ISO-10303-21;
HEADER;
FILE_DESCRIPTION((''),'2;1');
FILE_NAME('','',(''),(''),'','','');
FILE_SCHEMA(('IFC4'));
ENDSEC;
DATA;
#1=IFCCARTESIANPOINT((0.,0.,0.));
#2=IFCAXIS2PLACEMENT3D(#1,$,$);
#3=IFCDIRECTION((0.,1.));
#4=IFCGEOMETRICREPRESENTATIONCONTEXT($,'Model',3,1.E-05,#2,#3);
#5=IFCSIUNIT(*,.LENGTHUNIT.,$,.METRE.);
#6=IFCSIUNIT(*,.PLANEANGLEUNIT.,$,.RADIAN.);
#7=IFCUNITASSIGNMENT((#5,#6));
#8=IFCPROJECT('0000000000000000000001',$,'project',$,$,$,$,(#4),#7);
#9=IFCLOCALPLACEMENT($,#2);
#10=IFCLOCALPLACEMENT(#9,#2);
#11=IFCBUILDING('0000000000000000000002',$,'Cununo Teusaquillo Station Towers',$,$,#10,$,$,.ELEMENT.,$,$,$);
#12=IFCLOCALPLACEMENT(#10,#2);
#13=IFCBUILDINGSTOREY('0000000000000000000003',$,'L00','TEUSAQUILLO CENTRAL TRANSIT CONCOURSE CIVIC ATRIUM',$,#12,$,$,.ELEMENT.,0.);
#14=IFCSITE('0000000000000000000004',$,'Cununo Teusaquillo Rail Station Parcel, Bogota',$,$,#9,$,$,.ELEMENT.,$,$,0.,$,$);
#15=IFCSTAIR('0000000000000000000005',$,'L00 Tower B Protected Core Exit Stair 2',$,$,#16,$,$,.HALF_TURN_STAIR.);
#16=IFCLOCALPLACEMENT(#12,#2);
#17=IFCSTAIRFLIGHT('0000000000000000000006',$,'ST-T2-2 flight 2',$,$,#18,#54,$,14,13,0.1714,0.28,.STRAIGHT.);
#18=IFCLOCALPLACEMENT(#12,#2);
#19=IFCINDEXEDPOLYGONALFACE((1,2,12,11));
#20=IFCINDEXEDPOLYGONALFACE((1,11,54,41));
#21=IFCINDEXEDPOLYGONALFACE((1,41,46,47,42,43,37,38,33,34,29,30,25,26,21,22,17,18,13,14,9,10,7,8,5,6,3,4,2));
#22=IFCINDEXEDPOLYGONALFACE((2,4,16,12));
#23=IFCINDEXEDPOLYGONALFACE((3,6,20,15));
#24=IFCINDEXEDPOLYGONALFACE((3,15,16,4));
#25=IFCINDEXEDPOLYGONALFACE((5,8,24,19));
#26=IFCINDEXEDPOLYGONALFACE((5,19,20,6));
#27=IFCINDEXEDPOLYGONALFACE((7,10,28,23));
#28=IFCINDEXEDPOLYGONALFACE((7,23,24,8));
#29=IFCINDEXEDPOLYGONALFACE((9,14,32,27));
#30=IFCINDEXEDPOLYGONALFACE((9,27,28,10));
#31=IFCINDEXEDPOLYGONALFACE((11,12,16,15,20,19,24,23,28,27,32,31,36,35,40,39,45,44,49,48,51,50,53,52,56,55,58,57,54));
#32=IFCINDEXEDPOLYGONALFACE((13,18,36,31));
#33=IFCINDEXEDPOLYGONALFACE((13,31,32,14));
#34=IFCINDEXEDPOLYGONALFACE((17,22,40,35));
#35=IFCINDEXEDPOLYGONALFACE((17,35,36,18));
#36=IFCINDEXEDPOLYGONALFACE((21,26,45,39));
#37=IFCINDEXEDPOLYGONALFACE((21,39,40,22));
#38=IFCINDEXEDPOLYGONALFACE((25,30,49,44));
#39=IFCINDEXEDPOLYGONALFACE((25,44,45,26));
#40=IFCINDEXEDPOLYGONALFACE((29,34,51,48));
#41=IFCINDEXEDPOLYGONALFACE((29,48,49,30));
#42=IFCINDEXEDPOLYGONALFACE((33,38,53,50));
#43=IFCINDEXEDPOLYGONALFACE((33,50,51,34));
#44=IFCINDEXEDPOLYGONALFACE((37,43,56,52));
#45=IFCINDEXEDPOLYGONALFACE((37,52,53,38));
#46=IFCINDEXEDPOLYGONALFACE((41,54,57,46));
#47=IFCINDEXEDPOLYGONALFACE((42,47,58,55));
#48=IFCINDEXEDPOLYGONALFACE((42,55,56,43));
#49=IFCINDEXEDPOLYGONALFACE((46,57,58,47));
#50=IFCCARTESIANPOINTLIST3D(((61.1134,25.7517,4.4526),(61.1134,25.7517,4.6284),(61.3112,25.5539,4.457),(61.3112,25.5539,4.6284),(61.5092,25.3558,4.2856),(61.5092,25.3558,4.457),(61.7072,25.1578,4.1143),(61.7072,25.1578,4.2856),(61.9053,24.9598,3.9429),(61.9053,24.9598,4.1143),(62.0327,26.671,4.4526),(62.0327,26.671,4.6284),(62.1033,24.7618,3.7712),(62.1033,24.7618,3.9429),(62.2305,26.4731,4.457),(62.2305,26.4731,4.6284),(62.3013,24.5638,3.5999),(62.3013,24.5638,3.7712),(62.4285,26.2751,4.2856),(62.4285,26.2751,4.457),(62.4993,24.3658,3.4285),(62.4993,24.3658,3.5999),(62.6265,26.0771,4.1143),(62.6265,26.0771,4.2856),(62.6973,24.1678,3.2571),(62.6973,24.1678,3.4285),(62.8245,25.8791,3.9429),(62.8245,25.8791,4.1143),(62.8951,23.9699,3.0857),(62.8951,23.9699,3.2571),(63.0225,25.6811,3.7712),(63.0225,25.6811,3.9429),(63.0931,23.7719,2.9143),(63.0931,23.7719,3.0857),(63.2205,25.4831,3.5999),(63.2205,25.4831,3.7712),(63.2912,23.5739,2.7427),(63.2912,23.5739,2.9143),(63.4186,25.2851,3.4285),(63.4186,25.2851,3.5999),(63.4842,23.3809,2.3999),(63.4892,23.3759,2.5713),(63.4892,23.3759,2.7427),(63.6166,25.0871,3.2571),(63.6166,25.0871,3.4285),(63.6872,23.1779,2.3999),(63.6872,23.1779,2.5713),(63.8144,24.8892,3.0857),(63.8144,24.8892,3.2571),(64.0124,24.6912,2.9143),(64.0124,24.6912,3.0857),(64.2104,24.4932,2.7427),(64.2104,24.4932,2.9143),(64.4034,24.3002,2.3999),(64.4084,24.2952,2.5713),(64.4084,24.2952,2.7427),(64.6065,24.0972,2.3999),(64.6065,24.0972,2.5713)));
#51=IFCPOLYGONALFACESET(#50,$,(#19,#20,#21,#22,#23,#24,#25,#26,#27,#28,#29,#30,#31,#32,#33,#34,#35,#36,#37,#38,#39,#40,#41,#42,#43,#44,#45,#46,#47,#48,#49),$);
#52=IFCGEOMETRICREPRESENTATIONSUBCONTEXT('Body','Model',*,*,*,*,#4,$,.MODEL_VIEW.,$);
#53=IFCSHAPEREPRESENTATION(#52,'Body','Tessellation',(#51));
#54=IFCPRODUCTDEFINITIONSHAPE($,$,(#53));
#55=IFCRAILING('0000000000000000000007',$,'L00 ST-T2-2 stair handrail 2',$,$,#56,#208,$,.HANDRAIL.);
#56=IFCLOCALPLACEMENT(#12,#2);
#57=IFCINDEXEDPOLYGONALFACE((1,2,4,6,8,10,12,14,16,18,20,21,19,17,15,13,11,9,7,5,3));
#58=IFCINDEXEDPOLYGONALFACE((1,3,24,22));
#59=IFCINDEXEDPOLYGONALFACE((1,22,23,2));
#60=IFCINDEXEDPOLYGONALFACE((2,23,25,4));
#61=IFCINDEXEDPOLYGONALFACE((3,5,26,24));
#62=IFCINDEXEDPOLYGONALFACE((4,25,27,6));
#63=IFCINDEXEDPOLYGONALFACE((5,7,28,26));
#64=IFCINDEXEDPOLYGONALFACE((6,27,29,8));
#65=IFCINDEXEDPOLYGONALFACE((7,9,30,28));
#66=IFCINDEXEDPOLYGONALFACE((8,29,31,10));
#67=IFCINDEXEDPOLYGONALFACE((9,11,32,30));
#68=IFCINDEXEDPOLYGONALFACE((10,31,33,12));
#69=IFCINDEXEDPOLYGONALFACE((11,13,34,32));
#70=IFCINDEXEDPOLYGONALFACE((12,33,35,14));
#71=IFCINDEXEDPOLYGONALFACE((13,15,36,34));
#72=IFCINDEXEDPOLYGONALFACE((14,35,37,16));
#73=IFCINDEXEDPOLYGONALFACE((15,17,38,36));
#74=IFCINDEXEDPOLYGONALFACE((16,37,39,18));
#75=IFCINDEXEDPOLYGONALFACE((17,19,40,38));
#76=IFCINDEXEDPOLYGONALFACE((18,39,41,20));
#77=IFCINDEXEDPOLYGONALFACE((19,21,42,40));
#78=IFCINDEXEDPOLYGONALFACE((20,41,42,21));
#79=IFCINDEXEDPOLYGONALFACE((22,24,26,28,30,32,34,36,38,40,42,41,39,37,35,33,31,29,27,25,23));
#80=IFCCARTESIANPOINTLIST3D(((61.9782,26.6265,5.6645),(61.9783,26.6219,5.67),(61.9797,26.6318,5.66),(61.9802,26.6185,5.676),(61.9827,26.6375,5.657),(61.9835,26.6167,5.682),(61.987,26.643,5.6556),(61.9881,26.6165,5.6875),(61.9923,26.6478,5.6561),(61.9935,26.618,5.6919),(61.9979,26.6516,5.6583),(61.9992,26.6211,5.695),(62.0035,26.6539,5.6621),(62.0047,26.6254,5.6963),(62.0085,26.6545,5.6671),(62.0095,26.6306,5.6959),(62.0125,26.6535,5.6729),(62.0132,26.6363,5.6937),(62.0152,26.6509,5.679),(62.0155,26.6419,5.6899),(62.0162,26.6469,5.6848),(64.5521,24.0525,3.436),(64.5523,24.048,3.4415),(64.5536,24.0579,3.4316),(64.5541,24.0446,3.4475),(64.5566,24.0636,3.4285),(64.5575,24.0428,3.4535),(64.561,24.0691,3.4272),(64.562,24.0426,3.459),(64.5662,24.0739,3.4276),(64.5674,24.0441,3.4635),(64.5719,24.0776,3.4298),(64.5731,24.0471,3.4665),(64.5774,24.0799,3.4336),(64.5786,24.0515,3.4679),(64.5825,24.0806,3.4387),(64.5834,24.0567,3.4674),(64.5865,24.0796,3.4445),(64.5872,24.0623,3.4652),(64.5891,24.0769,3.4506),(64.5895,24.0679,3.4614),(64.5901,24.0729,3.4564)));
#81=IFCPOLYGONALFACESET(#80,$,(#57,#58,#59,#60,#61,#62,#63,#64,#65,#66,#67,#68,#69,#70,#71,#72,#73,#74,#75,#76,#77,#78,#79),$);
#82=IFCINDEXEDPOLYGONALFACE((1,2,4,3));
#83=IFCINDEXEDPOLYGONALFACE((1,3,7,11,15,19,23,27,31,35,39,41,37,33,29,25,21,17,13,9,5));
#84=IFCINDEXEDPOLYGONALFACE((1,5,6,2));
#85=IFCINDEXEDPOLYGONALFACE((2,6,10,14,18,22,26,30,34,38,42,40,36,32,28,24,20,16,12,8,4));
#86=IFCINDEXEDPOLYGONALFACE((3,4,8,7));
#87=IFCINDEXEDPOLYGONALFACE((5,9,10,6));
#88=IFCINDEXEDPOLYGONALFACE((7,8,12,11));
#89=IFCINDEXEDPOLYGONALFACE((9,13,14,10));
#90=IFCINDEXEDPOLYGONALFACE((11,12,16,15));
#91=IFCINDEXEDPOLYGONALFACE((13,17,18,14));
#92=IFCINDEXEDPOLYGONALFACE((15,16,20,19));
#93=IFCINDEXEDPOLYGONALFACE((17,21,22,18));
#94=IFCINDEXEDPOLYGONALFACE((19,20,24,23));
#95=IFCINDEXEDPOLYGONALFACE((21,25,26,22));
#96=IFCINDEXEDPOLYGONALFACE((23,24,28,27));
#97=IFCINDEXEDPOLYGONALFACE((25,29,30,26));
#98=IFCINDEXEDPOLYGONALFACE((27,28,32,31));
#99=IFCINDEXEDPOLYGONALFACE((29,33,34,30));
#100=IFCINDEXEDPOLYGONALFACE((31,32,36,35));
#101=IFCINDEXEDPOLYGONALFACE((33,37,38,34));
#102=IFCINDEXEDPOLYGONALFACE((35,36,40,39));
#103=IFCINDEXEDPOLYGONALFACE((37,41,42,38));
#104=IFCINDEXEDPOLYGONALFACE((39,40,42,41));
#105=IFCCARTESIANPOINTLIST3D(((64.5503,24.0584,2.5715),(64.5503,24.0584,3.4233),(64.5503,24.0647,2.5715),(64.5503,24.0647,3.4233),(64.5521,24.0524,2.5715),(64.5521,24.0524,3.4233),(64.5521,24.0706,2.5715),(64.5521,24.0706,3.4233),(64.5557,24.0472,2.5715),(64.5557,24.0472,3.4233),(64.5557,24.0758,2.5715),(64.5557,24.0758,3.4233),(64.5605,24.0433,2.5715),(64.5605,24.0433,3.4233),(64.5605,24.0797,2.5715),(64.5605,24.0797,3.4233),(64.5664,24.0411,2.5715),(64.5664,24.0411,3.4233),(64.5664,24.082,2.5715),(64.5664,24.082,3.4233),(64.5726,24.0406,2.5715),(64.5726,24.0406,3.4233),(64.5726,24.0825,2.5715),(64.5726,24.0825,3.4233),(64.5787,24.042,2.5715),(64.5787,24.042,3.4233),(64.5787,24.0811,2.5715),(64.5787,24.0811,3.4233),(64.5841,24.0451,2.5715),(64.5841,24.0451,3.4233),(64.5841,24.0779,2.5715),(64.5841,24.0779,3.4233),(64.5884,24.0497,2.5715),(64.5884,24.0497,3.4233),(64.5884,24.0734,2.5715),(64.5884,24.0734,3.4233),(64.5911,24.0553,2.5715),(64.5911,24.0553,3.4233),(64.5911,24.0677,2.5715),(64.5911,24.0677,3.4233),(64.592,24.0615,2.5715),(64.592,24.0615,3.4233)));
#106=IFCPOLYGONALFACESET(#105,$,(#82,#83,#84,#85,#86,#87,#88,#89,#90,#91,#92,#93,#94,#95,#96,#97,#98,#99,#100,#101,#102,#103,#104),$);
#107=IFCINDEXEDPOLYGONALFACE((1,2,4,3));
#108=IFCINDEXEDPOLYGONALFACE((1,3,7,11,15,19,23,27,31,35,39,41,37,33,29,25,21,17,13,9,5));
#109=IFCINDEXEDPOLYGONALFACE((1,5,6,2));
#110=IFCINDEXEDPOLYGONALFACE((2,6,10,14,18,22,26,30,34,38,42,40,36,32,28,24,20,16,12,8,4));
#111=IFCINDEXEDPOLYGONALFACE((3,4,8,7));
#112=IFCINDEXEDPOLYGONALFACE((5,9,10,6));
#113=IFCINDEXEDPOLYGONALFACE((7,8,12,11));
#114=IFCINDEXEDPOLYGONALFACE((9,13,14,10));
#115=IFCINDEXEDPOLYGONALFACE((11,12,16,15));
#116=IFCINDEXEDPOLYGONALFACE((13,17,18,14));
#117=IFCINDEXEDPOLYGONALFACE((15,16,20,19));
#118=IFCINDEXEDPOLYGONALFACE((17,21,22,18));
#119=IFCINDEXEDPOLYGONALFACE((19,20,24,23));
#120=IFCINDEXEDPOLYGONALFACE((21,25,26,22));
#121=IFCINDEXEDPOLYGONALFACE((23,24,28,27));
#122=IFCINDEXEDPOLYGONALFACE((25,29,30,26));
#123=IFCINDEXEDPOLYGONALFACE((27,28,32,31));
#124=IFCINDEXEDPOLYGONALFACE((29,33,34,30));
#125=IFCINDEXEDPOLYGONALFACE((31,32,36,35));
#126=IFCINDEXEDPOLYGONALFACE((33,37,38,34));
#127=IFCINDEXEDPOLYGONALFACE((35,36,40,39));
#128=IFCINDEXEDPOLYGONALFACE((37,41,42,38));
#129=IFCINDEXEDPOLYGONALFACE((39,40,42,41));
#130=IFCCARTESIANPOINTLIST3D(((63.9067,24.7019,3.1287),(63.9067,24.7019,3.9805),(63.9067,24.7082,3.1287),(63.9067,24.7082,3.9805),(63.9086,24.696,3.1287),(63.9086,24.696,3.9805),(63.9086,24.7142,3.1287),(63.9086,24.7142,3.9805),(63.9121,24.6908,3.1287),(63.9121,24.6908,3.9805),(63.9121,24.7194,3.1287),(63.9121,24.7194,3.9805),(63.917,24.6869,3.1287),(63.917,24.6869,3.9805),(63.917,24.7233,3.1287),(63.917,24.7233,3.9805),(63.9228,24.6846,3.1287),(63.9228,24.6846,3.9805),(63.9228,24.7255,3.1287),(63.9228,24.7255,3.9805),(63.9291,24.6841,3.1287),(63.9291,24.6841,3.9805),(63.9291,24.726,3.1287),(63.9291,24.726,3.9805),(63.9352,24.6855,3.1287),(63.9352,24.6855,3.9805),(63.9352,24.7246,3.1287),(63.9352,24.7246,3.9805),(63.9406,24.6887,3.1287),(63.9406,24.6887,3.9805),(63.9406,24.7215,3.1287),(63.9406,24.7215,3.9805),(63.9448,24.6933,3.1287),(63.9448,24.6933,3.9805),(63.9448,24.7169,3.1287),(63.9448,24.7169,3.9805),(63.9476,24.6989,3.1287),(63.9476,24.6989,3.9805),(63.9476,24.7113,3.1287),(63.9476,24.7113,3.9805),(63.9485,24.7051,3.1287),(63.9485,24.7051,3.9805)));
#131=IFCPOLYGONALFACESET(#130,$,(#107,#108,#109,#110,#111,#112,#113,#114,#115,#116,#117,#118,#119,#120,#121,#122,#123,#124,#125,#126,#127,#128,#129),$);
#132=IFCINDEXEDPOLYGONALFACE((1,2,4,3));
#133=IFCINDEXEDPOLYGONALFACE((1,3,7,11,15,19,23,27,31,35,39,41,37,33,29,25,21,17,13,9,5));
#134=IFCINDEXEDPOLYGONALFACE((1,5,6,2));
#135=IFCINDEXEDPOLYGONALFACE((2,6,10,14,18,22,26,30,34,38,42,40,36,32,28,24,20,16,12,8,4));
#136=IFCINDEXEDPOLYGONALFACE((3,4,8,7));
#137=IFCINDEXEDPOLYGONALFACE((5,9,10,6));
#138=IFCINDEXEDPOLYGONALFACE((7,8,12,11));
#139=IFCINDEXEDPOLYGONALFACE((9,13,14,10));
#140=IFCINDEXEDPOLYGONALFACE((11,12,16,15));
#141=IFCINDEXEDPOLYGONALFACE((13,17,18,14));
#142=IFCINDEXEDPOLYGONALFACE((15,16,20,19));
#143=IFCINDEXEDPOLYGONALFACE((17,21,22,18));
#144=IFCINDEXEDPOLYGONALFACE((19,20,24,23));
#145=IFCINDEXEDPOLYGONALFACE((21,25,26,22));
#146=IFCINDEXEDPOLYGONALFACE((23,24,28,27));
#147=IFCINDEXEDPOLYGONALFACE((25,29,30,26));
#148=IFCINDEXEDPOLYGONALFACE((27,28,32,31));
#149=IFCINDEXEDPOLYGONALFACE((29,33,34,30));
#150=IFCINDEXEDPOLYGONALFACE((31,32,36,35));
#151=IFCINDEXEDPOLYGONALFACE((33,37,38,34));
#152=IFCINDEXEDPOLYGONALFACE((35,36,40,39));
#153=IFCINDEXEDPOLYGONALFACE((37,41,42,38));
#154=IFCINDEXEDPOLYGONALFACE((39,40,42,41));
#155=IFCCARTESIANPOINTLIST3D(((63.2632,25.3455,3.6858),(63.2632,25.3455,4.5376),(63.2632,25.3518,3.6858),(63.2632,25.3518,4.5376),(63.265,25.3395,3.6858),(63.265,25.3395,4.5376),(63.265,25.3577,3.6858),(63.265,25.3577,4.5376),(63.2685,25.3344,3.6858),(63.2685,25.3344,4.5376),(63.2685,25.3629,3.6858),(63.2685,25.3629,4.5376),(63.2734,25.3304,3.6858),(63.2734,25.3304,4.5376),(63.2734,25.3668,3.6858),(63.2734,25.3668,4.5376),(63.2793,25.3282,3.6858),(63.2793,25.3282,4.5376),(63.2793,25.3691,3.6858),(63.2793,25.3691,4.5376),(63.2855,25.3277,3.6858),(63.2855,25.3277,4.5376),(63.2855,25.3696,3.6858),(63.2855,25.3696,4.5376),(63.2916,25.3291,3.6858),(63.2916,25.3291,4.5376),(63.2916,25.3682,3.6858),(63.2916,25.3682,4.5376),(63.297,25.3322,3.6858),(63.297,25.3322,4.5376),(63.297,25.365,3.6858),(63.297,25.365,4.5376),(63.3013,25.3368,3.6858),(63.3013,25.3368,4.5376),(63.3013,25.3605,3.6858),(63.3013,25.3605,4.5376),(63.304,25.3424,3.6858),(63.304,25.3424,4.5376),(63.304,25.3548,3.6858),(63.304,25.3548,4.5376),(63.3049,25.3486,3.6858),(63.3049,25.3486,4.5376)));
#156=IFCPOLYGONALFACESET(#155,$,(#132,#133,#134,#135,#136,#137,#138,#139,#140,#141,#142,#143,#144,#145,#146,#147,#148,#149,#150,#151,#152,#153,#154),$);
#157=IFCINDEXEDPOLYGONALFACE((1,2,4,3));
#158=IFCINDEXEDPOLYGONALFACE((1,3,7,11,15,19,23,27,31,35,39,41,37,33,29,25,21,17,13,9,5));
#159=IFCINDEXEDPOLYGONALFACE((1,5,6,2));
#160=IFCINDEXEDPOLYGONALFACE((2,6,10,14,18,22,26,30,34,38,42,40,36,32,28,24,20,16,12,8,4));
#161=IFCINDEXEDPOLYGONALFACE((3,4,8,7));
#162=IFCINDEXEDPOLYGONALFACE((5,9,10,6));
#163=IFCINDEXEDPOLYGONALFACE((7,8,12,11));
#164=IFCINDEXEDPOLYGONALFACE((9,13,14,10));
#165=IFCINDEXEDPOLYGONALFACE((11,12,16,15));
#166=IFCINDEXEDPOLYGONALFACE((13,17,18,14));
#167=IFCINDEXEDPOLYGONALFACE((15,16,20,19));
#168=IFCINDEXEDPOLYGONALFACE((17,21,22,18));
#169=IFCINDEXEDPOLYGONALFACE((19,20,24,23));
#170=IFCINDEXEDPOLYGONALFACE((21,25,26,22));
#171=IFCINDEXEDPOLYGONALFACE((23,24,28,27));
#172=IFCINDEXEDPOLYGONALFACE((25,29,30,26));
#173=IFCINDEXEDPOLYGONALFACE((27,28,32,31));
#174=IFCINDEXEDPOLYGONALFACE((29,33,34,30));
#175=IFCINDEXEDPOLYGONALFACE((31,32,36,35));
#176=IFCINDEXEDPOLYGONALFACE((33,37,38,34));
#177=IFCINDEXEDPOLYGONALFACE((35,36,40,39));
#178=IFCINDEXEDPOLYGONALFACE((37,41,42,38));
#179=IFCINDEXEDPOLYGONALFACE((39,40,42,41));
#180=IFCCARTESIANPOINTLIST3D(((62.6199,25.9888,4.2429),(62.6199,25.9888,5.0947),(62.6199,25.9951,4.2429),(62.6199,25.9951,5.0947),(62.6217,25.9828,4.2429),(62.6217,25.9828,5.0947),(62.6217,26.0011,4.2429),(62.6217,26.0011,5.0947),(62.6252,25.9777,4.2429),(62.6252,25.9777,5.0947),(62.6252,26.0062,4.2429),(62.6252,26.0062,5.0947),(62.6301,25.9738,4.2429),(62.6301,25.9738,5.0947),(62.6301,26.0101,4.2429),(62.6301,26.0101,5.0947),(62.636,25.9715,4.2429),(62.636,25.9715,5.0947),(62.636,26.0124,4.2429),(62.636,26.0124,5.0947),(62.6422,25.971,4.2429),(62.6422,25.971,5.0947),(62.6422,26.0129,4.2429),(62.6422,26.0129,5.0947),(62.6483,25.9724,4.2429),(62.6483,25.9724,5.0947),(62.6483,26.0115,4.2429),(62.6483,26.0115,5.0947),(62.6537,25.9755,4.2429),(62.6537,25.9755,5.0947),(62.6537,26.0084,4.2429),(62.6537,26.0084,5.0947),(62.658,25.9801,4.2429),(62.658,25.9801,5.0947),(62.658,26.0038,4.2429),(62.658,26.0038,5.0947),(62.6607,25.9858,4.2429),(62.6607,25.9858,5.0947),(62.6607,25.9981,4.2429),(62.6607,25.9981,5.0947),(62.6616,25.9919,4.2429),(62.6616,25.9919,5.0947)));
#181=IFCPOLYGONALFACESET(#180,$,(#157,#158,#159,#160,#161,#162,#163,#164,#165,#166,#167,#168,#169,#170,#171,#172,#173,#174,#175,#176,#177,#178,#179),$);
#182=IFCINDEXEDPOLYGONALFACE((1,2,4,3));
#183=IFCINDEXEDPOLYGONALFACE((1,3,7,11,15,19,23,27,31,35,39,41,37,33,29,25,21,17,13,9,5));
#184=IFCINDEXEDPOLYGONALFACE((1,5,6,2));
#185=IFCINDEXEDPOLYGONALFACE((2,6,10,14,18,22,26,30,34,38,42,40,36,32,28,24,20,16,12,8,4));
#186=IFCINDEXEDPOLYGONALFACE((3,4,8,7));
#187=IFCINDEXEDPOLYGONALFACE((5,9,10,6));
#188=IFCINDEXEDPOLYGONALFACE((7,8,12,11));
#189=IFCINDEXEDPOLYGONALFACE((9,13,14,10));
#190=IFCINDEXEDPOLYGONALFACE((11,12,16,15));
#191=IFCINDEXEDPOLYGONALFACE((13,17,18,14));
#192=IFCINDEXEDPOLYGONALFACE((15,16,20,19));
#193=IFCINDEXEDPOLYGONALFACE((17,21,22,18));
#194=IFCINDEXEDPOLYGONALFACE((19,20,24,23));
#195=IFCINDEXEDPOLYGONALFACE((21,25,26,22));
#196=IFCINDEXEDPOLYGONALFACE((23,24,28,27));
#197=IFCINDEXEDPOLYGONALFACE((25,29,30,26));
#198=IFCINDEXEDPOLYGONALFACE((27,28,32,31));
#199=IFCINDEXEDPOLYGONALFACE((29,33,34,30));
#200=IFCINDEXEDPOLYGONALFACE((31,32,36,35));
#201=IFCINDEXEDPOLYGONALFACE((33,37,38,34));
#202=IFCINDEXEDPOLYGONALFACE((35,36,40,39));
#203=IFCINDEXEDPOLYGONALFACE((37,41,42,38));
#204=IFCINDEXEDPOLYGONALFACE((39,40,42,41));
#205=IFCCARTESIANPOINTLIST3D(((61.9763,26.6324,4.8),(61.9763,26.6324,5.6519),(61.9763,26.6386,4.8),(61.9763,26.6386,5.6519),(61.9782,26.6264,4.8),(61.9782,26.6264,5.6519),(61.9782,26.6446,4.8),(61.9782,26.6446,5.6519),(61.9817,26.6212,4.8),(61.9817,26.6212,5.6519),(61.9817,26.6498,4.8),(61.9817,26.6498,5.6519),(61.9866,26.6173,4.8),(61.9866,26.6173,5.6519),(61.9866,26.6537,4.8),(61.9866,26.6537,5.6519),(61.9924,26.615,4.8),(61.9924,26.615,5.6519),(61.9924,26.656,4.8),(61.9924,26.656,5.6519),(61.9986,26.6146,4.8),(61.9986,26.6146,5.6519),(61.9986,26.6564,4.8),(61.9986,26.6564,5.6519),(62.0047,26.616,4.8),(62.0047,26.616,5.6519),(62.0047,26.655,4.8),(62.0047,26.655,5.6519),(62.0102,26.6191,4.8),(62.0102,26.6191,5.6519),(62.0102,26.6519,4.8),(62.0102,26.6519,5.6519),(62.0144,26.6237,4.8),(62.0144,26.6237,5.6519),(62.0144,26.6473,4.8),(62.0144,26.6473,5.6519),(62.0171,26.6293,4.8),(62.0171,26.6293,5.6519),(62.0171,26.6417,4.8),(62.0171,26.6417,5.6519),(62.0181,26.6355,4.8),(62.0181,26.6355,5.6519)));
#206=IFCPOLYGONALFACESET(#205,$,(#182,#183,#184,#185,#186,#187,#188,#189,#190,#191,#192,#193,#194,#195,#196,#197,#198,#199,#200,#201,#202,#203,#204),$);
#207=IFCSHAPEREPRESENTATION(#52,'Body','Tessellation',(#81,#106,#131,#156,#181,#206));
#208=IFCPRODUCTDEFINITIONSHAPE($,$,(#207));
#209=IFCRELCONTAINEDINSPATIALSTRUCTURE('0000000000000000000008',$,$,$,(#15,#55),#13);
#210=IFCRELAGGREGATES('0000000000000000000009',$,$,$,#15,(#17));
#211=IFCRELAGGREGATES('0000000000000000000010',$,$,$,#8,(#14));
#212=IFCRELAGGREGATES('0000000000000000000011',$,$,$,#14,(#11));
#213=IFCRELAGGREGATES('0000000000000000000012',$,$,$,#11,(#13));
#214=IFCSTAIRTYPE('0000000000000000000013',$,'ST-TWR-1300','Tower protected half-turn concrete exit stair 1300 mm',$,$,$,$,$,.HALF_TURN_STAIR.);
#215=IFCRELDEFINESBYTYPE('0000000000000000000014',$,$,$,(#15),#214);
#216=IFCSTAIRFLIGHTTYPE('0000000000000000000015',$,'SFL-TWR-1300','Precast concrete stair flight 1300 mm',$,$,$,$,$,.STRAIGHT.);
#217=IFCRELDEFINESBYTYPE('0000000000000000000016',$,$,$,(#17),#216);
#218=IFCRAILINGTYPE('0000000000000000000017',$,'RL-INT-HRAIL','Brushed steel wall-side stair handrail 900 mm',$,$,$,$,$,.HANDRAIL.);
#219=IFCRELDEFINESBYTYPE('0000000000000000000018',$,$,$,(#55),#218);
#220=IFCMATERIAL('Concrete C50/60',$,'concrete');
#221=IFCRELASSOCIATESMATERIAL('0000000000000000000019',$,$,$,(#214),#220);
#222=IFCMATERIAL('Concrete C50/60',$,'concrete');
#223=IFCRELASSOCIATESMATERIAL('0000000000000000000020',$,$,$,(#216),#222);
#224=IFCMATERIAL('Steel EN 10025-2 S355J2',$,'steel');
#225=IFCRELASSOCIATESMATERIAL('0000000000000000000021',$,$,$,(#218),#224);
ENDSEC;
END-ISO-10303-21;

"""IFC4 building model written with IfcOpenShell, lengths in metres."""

from ifc_helpers import new_model, si_unit, direction, frame, origin, origin_2d, place, context, subcontext, project, spatial, polyline, circle, outline, extrude, material, type_object, element, aggregate, save


model = new_model("IFC4")

# Units and contexts
model_context = context("Model", 3, precision=1e-05, world=origin(), true_north=direction((0.0, 1.0)))
body_context = subcontext(model_context, "Body", "Model", "MODEL_VIEW")
ifc_project = project(units=[si_unit("LENGTHUNIT", "METRE"), si_unit("PLANEANGLEUNIT", "RADIAN")], contexts=[model_context])

# Site, building, storey
site_placement = place(None, origin())
site = spatial("IfcSite", under=ifc_project, at=site_placement, Name="Cununo Teusaquillo Rail Station Parcel, Bogota", CompositionType="ELEMENT", RefElevation=0.0)
building_placement = place(site_placement, origin())
building = spatial("IfcBuilding", under=site, at=building_placement, Name="Cununo Teusaquillo Station Towers", CompositionType="ELEMENT")
storey_placement = place(building_placement, origin())
storey = spatial("IfcBuildingStorey", under=building, at=storey_placement, Name="L00", Description="TEUSAQUILLO CENTRAL TRANSIT CONCOURSE CIVIC ATRIUM", CompositionType="ELEMENT", Elevation=0.0)

# Stair, stair flight
ifc_material_1 = material(Name="Concrete C50/60", Category="concrete")
stair_type = type_object("IfcStairType", Name="ST-TWR-1300", Description="Tower protected half-turn concrete exit stair 1300 mm", PredefinedType="HALF_TURN_STAIR", material=ifc_material_1)
stair_placement = place(storey_placement, origin())
stair = element("IfcStair", 1, at=stair_placement, inside=storey, type_object=stair_type, Name="L00 Tower B Protected Core Exit Stair 2", PredefinedType="HALF_TURN_STAIR")
ifc_material_2 = material(Name="Concrete C50/60", Category="concrete")
stair_flight_type = type_object("IfcStairFlightType", Name="SFL-TWR-1300", Description="Precast concrete stair flight 1300 mm", PredefinedType="STRAIGHT", material=ifc_material_2)
stair_flight_placement = place(storey_placement, frame((64.1467, 23.6375, 2.3999), z_axis=(0.0, 0.0, 1.0), x_axis=(-0.707107, 0.707107, 0.0)))
stair_flight = element("IfcStairFlight", 2, at=stair_flight_placement, type_object=stair_flight_type, Name="ST-T2-2 flight 2", NumberOfRisers=14, NumberOfTreads=13, PredefinedType="STRAIGHT", RiserHeight=0.1714, TreadLength=0.28, context=body_context, shape_type="SweptSolid", body=[
    extrude(outline(polyline([(0.0, 0.0), (0.0, 0.1714), (0.28, 0.1714), (0.28, 0.3428), (0.5601, 0.3428), (0.5601, 0.5144), (0.8401, 0.5144), (0.8401, 0.6858), (1.1201, 0.6858), (1.1201, 0.8572), (1.3999, 0.8572), (1.3999, 1.0286), (1.6799, 1.0286), (1.6799, 1.2), (1.96, 1.2), (1.96, 1.3713), (2.24, 1.3713), (2.24, 1.543), (2.52, 1.543), (2.52, 1.7144), (2.8, 1.7144), (2.8, 1.8857), (3.0801, 1.8857), (3.0801, 2.0571), (3.3601, 2.0571), (3.3601, 2.2285), (3.6399, 2.2285), (3.6399, 2.3999), (3.6399, 2.0527), (0.2871, 0.0), (0.0, 0.0)])), frame((0.0, 0.6499, 0.0), z_axis=(0.0, -1.0, 0.0), x_axis=(1.0, 0.0, 0.0)), (0.0, 0.0, 1.0), 1.3),
])
aggregate(stair, [stair_flight])

# Railing
ifc_material_3 = material(Name="Steel EN 10025-2 S355J2", Category="steel")
railing_type = type_object("IfcRailingType", Name="RL-INT-HRAIL", Description="Brushed steel wall-side stair handrail 900 mm", PredefinedType="HANDRAIL", material=ifc_material_3)
railing_placement = place(storey_placement, frame((64.571, 24.0615, 2.5715)))
element("IfcRailing", 3, at=railing_placement, inside=storey, type_object=railing_type, Name="L00 ST-T2-2 stair handrail 2", PredefinedType="HANDRAIL", context=body_context, shape_type="SweptSolid", body=[
    extrude(circle(Radius=0.0239, at=origin_2d()), frame((0.0, 0.0, 0.876), z_axis=(-0.603068, 0.603068, 0.522129), x_axis=(-0.707107, -0.707107, 0.0)), (0.0, 0.0, 1.0), 4.2681),
    extrude(circle(Radius=0.021, at=origin_2d()), origin(), (0.0, 0.0, 1.0), 0.8518),
    extrude(circle(Radius=0.021, at=origin_2d()), frame((-0.6436, 0.6436, 0.5571)), (0.0, 0.0, 1.0), 0.8518),
    extrude(circle(Radius=0.021, at=origin_2d()), frame((-1.2871, 1.2871, 1.1143)), (0.0, 0.0, 1.0), 0.8518),
    extrude(circle(Radius=0.021, at=origin_2d()), frame((-1.9304, 1.9304, 1.6714)), (0.0, 0.0, 1.0), 0.8518),
    extrude(circle(Radius=0.021, at=origin_2d()), frame((-2.574, 2.574, 2.2285)), (0.0, 0.0, 1.0), 0.8518),
])

save(model, "model.ifc")
